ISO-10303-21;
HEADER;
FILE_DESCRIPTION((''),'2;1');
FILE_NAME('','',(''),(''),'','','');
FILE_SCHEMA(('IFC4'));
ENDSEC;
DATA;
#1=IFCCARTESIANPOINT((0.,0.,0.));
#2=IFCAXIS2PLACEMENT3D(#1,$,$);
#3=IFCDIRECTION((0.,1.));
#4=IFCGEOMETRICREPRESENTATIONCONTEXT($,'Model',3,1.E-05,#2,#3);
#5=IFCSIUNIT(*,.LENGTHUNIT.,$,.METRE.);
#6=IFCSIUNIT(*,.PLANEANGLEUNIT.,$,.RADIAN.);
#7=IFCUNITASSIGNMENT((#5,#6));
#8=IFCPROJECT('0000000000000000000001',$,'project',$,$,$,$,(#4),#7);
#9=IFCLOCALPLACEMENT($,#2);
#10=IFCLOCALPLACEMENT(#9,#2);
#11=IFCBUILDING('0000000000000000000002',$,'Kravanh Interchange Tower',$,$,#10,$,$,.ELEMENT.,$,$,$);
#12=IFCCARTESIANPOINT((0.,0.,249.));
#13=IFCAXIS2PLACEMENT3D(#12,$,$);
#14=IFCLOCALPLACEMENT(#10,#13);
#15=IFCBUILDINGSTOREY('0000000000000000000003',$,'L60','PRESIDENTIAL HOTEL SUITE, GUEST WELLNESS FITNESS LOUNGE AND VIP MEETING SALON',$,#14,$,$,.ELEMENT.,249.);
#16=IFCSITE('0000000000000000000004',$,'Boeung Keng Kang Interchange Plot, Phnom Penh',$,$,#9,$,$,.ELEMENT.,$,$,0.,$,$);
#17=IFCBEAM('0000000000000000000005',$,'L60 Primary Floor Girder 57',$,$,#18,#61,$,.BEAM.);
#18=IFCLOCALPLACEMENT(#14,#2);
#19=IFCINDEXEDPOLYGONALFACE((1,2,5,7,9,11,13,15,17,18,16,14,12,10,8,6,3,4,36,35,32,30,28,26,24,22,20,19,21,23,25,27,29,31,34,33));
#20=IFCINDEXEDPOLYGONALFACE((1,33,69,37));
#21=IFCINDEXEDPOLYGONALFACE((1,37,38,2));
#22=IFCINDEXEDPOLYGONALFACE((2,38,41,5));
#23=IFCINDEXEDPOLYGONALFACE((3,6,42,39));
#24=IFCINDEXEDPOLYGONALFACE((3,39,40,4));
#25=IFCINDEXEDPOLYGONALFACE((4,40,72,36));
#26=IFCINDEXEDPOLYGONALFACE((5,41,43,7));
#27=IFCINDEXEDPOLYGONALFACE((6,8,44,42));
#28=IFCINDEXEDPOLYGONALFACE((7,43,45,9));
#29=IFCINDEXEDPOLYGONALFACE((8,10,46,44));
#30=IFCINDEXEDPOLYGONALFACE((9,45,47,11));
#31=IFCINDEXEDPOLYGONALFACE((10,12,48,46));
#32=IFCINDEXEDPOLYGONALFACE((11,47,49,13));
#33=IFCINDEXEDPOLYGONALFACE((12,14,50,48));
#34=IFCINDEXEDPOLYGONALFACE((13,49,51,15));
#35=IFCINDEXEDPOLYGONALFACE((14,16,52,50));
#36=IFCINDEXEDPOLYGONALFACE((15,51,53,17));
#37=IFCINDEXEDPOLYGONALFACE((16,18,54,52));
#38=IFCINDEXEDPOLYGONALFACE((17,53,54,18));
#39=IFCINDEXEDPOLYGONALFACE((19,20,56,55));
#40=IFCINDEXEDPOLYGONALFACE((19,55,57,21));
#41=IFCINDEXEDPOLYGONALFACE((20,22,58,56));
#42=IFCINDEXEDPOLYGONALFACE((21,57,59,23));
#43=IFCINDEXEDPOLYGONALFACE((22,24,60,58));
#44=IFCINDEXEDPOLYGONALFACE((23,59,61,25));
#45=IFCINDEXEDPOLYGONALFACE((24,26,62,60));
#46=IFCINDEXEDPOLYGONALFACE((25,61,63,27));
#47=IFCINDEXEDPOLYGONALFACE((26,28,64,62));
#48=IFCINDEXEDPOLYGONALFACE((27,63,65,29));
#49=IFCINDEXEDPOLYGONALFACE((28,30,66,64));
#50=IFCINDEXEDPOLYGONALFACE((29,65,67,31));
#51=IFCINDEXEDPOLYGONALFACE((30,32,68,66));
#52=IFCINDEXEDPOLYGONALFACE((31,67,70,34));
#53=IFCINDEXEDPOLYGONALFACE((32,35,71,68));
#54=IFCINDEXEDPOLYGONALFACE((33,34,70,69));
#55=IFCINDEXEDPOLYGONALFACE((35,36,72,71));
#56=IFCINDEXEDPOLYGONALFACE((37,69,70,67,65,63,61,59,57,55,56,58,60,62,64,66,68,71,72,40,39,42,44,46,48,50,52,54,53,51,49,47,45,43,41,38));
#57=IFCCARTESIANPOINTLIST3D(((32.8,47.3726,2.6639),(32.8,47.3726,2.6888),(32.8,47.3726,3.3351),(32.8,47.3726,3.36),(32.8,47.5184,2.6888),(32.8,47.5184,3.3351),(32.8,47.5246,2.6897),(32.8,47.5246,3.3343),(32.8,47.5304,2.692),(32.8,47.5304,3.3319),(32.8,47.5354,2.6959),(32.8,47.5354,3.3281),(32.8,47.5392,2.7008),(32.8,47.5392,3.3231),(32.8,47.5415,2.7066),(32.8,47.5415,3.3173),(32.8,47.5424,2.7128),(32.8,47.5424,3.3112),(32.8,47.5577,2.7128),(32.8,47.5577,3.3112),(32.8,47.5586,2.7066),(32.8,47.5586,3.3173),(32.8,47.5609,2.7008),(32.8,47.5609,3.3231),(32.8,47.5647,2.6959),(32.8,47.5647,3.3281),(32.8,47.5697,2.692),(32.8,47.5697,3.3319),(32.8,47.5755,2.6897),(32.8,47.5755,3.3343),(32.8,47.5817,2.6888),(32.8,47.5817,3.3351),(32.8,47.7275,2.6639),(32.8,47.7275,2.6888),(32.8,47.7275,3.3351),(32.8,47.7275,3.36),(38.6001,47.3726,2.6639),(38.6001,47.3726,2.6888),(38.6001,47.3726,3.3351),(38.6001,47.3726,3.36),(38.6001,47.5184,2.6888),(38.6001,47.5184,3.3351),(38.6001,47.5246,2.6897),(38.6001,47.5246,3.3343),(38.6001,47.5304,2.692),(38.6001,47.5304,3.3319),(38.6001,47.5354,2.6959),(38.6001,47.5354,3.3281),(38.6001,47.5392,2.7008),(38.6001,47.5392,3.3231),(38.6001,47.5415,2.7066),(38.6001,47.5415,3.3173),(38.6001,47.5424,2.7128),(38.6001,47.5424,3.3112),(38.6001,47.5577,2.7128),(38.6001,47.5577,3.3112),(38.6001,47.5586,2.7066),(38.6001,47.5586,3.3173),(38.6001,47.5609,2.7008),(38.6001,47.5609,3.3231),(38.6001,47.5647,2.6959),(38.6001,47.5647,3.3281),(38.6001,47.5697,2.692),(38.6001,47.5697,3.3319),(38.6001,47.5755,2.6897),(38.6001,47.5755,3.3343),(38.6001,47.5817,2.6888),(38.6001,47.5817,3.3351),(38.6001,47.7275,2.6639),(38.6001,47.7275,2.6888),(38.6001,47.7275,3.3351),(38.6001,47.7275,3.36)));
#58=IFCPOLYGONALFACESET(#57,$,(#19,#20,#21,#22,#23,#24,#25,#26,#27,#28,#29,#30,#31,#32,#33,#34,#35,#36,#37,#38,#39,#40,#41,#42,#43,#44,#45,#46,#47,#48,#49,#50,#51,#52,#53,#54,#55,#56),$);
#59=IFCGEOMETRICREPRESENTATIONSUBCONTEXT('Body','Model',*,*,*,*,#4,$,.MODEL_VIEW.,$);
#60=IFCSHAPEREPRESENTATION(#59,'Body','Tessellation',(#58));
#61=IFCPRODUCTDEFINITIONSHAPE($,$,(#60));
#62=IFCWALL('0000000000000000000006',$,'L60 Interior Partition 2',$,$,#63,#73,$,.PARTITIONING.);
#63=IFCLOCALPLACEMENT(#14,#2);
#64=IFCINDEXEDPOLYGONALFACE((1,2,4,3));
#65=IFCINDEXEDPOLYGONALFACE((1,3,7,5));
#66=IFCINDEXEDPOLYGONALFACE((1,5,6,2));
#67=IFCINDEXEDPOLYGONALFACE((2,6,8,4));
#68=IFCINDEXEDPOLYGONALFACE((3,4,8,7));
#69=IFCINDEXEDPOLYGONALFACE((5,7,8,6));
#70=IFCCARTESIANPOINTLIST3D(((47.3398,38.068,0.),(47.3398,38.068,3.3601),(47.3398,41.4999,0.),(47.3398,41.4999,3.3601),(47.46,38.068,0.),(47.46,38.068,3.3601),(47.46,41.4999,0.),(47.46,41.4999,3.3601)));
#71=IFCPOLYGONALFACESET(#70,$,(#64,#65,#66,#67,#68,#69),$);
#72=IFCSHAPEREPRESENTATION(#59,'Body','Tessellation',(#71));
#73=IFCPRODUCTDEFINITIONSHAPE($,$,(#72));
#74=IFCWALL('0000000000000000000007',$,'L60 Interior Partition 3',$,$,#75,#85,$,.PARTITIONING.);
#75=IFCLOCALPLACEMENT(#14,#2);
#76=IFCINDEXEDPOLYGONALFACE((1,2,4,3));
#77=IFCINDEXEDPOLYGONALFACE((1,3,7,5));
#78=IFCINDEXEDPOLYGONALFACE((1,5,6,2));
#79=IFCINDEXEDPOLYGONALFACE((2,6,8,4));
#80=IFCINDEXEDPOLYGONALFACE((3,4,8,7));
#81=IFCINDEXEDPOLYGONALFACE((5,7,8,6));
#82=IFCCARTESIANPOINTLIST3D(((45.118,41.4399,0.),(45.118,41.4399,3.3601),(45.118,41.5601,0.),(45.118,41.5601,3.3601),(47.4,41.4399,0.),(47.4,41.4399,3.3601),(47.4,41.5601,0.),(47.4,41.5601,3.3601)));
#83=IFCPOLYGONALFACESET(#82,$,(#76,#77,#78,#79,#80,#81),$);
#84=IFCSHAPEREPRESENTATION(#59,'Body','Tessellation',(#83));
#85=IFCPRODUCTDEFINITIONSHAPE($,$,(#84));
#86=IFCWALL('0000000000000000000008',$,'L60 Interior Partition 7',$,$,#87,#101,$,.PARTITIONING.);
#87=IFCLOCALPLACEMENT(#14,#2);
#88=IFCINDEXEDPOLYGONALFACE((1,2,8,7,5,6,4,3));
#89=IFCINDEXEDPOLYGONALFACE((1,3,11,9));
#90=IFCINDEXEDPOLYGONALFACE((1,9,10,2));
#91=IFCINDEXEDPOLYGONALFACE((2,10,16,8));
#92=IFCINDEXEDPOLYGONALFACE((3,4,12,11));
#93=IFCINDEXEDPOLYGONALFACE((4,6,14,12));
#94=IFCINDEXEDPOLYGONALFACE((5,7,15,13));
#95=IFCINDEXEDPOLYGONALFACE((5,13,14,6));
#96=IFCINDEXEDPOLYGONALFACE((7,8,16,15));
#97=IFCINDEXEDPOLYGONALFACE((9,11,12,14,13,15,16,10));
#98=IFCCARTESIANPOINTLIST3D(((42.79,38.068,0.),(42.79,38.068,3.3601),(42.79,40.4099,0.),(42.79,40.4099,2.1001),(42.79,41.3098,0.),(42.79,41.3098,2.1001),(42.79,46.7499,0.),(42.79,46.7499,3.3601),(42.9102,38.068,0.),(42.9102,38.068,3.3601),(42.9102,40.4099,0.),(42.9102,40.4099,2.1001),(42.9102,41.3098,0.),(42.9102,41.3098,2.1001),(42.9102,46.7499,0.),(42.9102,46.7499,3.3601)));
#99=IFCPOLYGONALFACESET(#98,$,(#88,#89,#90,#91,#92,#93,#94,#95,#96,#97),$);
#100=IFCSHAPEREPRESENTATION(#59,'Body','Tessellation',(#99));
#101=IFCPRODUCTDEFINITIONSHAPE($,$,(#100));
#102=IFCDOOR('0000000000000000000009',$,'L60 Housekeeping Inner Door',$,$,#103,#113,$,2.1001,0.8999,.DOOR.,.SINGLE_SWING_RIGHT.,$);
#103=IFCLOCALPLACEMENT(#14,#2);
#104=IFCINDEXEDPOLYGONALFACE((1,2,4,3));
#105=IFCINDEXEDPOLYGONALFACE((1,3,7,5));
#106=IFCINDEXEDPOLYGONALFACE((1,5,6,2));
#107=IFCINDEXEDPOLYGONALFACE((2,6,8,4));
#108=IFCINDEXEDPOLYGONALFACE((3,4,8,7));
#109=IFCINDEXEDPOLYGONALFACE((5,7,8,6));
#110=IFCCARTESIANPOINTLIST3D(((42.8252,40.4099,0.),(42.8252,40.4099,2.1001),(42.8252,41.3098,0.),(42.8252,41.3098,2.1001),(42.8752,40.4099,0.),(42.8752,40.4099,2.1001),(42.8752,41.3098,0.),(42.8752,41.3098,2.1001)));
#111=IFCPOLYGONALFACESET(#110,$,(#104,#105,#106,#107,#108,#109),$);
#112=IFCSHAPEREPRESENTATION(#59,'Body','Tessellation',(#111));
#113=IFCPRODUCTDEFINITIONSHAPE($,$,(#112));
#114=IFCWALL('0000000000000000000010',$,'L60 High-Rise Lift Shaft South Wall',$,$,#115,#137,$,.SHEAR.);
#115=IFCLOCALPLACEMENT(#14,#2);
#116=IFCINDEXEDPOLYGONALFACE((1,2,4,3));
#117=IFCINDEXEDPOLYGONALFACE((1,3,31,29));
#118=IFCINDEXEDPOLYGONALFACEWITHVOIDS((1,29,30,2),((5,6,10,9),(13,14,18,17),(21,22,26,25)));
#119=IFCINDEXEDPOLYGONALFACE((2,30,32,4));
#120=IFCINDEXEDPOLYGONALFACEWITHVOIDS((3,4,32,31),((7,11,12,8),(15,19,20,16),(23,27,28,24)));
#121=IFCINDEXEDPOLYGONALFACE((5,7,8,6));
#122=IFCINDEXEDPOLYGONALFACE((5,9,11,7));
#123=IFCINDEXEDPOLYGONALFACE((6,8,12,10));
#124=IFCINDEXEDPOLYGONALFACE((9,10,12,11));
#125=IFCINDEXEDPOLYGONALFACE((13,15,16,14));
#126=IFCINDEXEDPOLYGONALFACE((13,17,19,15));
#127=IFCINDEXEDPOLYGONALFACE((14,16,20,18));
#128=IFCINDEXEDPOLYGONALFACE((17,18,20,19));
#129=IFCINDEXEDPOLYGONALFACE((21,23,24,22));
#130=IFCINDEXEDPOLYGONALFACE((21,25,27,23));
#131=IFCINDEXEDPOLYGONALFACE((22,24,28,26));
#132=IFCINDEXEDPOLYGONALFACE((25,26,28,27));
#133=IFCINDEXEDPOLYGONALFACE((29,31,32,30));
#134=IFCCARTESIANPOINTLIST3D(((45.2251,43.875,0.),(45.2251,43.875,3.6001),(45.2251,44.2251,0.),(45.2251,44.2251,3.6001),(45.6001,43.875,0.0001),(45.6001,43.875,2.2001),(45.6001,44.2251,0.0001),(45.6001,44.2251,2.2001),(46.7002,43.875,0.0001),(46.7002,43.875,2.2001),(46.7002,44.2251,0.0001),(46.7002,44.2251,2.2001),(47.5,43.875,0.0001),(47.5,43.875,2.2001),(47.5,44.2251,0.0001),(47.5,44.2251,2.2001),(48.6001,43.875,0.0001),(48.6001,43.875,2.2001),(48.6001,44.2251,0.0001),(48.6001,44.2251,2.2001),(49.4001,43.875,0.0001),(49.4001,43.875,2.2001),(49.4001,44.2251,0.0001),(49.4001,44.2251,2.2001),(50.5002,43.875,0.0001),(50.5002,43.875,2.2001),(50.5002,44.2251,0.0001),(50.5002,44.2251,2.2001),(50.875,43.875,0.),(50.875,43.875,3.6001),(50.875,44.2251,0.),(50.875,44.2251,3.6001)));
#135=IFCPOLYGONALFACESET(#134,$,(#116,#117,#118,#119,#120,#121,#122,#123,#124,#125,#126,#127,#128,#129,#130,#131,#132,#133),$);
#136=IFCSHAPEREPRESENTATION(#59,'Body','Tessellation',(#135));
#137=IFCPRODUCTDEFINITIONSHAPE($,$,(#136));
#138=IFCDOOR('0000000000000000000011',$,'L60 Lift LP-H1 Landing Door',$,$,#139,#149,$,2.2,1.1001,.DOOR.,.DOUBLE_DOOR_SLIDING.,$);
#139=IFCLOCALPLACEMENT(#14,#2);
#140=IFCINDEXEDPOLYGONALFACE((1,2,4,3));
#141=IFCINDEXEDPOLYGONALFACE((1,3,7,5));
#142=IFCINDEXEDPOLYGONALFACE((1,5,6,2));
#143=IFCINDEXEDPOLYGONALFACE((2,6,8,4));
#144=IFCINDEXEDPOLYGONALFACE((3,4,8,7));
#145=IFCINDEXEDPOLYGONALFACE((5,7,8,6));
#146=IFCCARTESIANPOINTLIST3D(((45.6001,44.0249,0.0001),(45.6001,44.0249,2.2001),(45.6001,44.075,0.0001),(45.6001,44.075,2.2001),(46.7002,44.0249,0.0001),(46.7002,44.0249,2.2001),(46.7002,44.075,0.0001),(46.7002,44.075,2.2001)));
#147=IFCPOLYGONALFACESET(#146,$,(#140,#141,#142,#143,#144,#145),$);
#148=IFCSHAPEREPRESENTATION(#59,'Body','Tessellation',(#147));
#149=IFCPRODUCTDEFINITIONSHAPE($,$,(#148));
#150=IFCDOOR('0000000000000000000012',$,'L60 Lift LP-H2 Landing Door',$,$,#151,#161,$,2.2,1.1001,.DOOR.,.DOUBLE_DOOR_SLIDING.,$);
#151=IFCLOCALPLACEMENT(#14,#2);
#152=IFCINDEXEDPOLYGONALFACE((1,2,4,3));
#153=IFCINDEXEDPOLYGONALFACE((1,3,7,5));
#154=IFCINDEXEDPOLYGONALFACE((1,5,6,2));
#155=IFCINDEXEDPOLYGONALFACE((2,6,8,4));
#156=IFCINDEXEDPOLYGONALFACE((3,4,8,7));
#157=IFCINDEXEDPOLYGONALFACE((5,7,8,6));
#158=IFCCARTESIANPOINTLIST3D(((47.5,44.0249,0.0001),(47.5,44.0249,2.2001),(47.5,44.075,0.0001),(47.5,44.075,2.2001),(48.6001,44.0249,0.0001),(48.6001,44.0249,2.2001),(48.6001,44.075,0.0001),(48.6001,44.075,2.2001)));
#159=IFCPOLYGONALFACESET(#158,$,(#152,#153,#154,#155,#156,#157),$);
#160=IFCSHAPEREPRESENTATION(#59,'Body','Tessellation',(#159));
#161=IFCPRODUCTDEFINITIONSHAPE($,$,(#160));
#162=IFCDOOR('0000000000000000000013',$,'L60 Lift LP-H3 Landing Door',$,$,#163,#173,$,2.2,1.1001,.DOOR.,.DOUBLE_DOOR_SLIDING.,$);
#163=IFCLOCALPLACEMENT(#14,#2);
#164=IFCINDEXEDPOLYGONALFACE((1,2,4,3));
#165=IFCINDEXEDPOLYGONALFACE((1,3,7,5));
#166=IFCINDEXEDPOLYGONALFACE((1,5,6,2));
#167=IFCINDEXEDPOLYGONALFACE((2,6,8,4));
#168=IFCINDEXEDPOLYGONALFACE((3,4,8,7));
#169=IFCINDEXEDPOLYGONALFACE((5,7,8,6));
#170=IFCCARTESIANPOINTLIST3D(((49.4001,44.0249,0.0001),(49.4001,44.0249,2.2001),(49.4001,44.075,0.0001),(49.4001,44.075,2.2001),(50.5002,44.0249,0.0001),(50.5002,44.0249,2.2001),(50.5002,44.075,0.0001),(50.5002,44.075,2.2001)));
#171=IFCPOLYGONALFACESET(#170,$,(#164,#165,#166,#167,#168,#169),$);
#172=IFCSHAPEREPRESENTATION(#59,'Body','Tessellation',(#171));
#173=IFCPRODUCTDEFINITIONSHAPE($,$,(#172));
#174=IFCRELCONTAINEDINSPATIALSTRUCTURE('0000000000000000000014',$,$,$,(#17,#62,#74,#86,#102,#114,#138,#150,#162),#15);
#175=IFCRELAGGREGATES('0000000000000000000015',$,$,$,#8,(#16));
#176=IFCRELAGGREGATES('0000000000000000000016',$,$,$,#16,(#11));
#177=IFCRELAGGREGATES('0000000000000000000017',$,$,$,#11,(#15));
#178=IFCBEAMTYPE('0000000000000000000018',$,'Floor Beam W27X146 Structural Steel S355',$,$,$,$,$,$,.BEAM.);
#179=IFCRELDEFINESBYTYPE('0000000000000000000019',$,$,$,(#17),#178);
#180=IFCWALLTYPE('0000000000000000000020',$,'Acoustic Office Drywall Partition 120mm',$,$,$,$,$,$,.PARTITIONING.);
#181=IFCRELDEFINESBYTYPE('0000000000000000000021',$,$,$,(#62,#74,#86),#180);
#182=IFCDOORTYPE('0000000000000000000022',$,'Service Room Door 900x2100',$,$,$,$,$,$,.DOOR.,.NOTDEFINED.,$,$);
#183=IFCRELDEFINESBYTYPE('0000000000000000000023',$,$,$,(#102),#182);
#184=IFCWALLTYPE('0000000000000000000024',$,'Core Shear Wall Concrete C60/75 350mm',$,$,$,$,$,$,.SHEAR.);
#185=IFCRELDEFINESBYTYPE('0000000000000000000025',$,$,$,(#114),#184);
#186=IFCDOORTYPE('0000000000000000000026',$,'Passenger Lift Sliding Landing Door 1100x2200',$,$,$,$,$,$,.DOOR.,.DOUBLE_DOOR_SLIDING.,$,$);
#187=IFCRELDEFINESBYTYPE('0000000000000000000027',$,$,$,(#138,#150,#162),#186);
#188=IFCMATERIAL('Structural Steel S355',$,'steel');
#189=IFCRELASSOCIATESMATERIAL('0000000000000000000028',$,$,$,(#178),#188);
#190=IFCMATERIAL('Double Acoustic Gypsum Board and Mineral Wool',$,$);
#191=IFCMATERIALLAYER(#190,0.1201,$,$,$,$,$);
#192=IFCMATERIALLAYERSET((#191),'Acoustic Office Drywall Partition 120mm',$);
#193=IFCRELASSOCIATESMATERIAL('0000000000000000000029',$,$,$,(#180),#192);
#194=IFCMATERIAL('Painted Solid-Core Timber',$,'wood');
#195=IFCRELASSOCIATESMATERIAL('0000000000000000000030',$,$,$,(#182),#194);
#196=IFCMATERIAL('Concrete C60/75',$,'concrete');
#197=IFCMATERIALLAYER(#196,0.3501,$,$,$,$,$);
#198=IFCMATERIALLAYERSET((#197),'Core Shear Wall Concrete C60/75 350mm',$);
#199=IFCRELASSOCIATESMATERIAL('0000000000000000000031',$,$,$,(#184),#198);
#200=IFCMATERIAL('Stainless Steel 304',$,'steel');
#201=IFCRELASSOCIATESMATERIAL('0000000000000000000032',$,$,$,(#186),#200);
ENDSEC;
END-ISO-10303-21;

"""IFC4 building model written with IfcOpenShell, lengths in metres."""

from ifc_helpers import new_model, si_unit, direction, frame, frame_2d, origin, origin_2d, place, context, subcontext, project, spatial, rectangle, i_section, extrude, material, layer, layer_set, material_profile, profile_set, type_object, element, fill, save


model = new_model("IFC4")

# Units and contexts
model_context = context("Model", 3, precision=1e-05, world=origin(), true_north=direction((0.0, 1.0)))
body_context = subcontext(model_context, "Body", "Model", "MODEL_VIEW")
ifc_project = project(units=[si_unit("LENGTHUNIT", "METRE"), si_unit("PLANEANGLEUNIT", "RADIAN")], contexts=[model_context])

# Site, building, storey
site_placement = place(None, origin())
site = spatial("IfcSite", under=ifc_project, at=site_placement, Name="Boeung Keng Kang Interchange Plot, Phnom Penh", CompositionType="ELEMENT", RefElevation=0.0)
building_placement = place(site_placement, origin())
building = spatial("IfcBuilding", under=site, at=building_placement, Name="Kravanh Interchange Tower", CompositionType="ELEMENT")
storey_placement = place(building_placement, frame((0.0, 0.0, 249.0)))
storey = spatial("IfcBuildingStorey", under=building, at=storey_placement, Name="L60", Description="PRESIDENTIAL HOTEL SUITE, GUEST WELLNESS FITNESS LOUNGE AND VIP MEETING SALON", CompositionType="ELEMENT", Elevation=249.0)

# Beam
ifc_material_1 = material(Name="Structural Steel S355", Category="steel")
ifc_material_profile_1 = material_profile(ifc_material_1, i_section(OverallWidth=0.355, OverallDepth=0.696, WebThickness=0.0154, FlangeThickness=0.0249, FilletRadius=0.0239, at=origin_2d()), Name="W27X146")
ifc_profile_set_1 = profile_set([ifc_material_profile_1], Name="Structural Steel S355")
beam_type = type_object("IfcBeamType", Name="Floor Beam W27X146 Structural Steel S355", PredefinedType="BEAM", material=ifc_profile_set_1)
beam_1_placement = place(storey_placement, frame((38.6001, 47.55, 3.012), z_axis=(-1.0, 0.0, 0.0), x_axis=(0.0, -1.0, 0.0)))
element("IfcBeam", 1, at=beam_1_placement, inside=storey, type_object=beam_type, Name="L60 Primary Floor Girder 57", PredefinedType="BEAM", context=body_context, shape_type="SweptSolid", body=[
    extrude(i_section(OverallWidth=0.355, OverallDepth=0.696, WebThickness=0.0154, FlangeThickness=0.0249, FilletRadius=0.0239, at=origin_2d()), origin(), (0.0, 0.0, 1.0), 5.8),
])

# Walls
ifc_material_2 = material(Name="Double Acoustic Gypsum Board and Mineral Wool")
ifc_layer_1 = layer(ifc_material_2, 0.1201)
ifc_layer_set_1 = layer_set([ifc_layer_1], Name="Acoustic Office Drywall Partition 120mm")
wall_type_1 = type_object("IfcWallType", Name="Acoustic Office Drywall Partition 120mm", PredefinedType="PARTITIONING", material=ifc_layer_set_1)
wall_1_placement = place(storey_placement, frame((47.3999, 38.0681, 0.0), z_axis=(0.0, 0.0, 1.0), x_axis=(0.0, 1.0, 0.0)))
element("IfcWall", 2, at=wall_1_placement, inside=storey, type_object=wall_type_1, Name="L60 Interior Partition 2", PredefinedType="PARTITIONING", context=body_context, shape_type="SweptSolid", body=[
    extrude(rectangle(XDim=3.4319, YDim=0.1201, at=frame_2d((1.7158, 0.0))), origin(), (0.0, 0.0, 1.0), 3.3601),
])
wall_2_placement = place(storey_placement, frame((45.1179, 41.5, 0.0), z_axis=(0.0, 0.0, 1.0), x_axis=(1.0, 0.0, 0.0)))
element("IfcWall", 3, at=wall_2_placement, inside=storey, type_object=wall_type_1, Name="L60 Interior Partition 3", PredefinedType="PARTITIONING", context=body_context, shape_type="SweptSolid", body=[
    extrude(rectangle(XDim=2.282, YDim=0.1201, at=frame_2d((1.1411, 0.0))), origin(), (0.0, 0.0, 1.0), 3.3601),
])

# Wall, opening, door
wall_3_placement = place(storey_placement, frame((42.8501, 38.0681, 0.0), z_axis=(0.0, 0.0, 1.0), x_axis=(0.0, 1.0, 0.0)))
wall_3 = element("IfcWall", 4, at=wall_3_placement, inside=storey, type_object=wall_type_1, Name="L60 Interior Partition 7", PredefinedType="PARTITIONING", context=body_context, shape_type="SweptSolid", body=[
    extrude(rectangle(XDim=8.6819, YDim=0.1201, at=frame_2d((4.3408, 0.0))), origin(), (0.0, 0.0, 1.0), 3.3601),
])
opening_1_placement = place(wall_3_placement, frame((2.3418, 0.0, 0.0)))
opening_1 = element("IfcOpeningElement", 5, at=opening_1_placement, cuts=wall_3, PredefinedType="OPENING", context=body_context, shape_type="SweptSolid", body=[
    extrude(rectangle(XDim=0.8999, YDim=2.1001, at=frame_2d((0.45, 1.05))), frame((0.0, 0.0701, 0.0), z_axis=(0.0, -1.0, 0.0), x_axis=(1.0, 0.0, 0.0)), (0.0, 0.0, 1.0), 0.1401),
])
ifc_material_3 = material(Name="Painted Solid-Core Timber", Category="wood")
door_type_1 = type_object("IfcDoorType", Name="Service Room Door 900x2100", OperationType="NOTDEFINED", PredefinedType="DOOR", material=ifc_material_3)
door_1_placement = place(opening_1_placement, origin())
door_1 = element("IfcDoor", 6, at=door_1_placement, inside=storey, type_object=door_type_1, Name="L60 Housekeeping Inner Door", OperationType="SINGLE_SWING_RIGHT", OverallHeight=2.1001, OverallWidth=0.8999, PredefinedType="DOOR", context=body_context, shape_type="SweptSolid", body=[
    extrude(rectangle(XDim=0.8999, YDim=2.1001, at=frame_2d((0.45, 1.05))), frame((0.0, 0.0249, 0.0), z_axis=(0.0, -1.0, 0.0), x_axis=(1.0, 0.0, 0.0)), (0.0, 0.0, 1.0), 0.05),
])
fill(opening_1, door_1)

# Wall, openings, doors
ifc_material_4 = material(Name="Concrete C60/75", Category="concrete")
ifc_layer_2 = layer(ifc_material_4, 0.3501)
ifc_layer_set_2 = layer_set([ifc_layer_2], Name="Core Shear Wall Concrete C60/75 350mm")
wall_type_2 = type_object("IfcWallType", Name="Core Shear Wall Concrete C60/75 350mm", PredefinedType="SHEAR", material=ifc_layer_set_2)
wall_4_placement = place(storey_placement, frame((45.2251, 44.05, 0.0), z_axis=(0.0, 0.0, 1.0), x_axis=(1.0, 0.0, 0.0)))
wall_4 = element("IfcWall", 7, at=wall_4_placement, inside=storey, type_object=wall_type_2, Name="L60 High-Rise Lift Shaft South Wall", PredefinedType="SHEAR", context=body_context, shape_type="SweptSolid", body=[
    extrude(rectangle(XDim=5.6499, YDim=0.3501, at=frame_2d((2.825, 0.0))), origin(), (0.0, 0.0, 1.0), 3.6001),
])
opening_2_placement = place(wall_4_placement, frame((0.375, 0.0, 0.0)))
opening_2 = element("IfcOpeningElement", 8, at=opening_2_placement, cuts=wall_4, PredefinedType="OPENING", context=body_context, shape_type="SweptSolid", body=[
    extrude(rectangle(XDim=1.1001, YDim=2.2, at=frame_2d((0.55, 1.1001))), frame((0.0, 0.1851, 0.0), z_axis=(0.0, -1.0, 0.0), x_axis=(1.0, 0.0, 0.0)), (0.0, 0.0, 1.0), 0.3701),
])
opening_3_placement = place(wall_4_placement, frame((2.2749, 0.0, 0.0)))
opening_3 = element("IfcOpeningElement", 9, at=opening_3_placement, cuts=wall_4, PredefinedType="OPENING", context=body_context, shape_type="SweptSolid", body=[
    extrude(rectangle(XDim=1.1001, YDim=2.2, at=frame_2d((0.55, 1.1001))), frame((0.0, 0.1851, 0.0), z_axis=(0.0, -1.0, 0.0), x_axis=(1.0, 0.0, 0.0)), (0.0, 0.0, 1.0), 0.3701),
])
opening_4_placement = place(wall_4_placement, frame((4.175, 0.0, 0.0)))
opening_4 = element("IfcOpeningElement", 10, at=opening_4_placement, cuts=wall_4, PredefinedType="OPENING", context=body_context, shape_type="SweptSolid", body=[
    extrude(rectangle(XDim=1.1001, YDim=2.2, at=frame_2d((0.55, 1.1001))), frame((0.0, 0.1851, 0.0), z_axis=(0.0, -1.0, 0.0), x_axis=(1.0, 0.0, 0.0)), (0.0, 0.0, 1.0), 0.3701),
])
ifc_material_5 = material(Name="Stainless Steel 304", Category="steel")
door_type_2 = type_object("IfcDoorType", Name="Passenger Lift Sliding Landing Door 1100x2200", OperationType="DOUBLE_DOOR_SLIDING", PredefinedType="DOOR", material=ifc_material_5)
door_2_placement = place(opening_2_placement, origin())
door_2 = element("IfcDoor", 11, at=door_2_placement, inside=storey, type_object=door_type_2, Name="L60 Lift LP-H1 Landing Door", OperationType="DOUBLE_DOOR_SLIDING", OverallHeight=2.2, OverallWidth=1.1001, PredefinedType="DOOR", context=body_context, shape_type="SweptSolid", body=[
    extrude(rectangle(XDim=1.1001, YDim=2.2, at=frame_2d((0.55, 1.1001))), frame((0.0, 0.0249, 0.0), z_axis=(0.0, -1.0, 0.0), x_axis=(1.0, 0.0, 0.0)), (0.0, 0.0, 1.0), 0.05),
])
fill(opening_2, door_2)
door_3_placement = place(opening_3_placement, origin())
door_3 = element("IfcDoor", 12, at=door_3_placement, inside=storey, type_object=door_type_2, Name="L60 Lift LP-H2 Landing Door", OperationType="DOUBLE_DOOR_SLIDING", OverallHeight=2.2, OverallWidth=1.1001, PredefinedType="DOOR", context=body_context, shape_type="SweptSolid", body=[
    extrude(rectangle(XDim=1.1001, YDim=2.2, at=frame_2d((0.55, 1.1001))), frame((0.0, 0.0249, 0.0), z_axis=(0.0, -1.0, 0.0), x_axis=(1.0, 0.0, 0.0)), (0.0, 0.0, 1.0), 0.05),
])
fill(opening_3, door_3)
door_4_placement = place(opening_4_placement, origin())
door_4 = element("IfcDoor", 13, at=door_4_placement, inside=storey, type_object=door_type_2, Name="L60 Lift LP-H3 Landing Door", OperationType="DOUBLE_DOOR_SLIDING", OverallHeight=2.2, OverallWidth=1.1001, PredefinedType="DOOR", context=body_context, shape_type="SweptSolid", body=[
    extrude(rectangle(XDim=1.1001, YDim=2.2, at=frame_2d((0.55, 1.1001))), frame((0.0, 0.0249, 0.0), z_axis=(0.0, -1.0, 0.0), x_axis=(1.0, 0.0, 0.0)), (0.0, 0.0, 1.0), 0.05),
])
fill(opening_4, door_4)

save(model, "model.ifc")
